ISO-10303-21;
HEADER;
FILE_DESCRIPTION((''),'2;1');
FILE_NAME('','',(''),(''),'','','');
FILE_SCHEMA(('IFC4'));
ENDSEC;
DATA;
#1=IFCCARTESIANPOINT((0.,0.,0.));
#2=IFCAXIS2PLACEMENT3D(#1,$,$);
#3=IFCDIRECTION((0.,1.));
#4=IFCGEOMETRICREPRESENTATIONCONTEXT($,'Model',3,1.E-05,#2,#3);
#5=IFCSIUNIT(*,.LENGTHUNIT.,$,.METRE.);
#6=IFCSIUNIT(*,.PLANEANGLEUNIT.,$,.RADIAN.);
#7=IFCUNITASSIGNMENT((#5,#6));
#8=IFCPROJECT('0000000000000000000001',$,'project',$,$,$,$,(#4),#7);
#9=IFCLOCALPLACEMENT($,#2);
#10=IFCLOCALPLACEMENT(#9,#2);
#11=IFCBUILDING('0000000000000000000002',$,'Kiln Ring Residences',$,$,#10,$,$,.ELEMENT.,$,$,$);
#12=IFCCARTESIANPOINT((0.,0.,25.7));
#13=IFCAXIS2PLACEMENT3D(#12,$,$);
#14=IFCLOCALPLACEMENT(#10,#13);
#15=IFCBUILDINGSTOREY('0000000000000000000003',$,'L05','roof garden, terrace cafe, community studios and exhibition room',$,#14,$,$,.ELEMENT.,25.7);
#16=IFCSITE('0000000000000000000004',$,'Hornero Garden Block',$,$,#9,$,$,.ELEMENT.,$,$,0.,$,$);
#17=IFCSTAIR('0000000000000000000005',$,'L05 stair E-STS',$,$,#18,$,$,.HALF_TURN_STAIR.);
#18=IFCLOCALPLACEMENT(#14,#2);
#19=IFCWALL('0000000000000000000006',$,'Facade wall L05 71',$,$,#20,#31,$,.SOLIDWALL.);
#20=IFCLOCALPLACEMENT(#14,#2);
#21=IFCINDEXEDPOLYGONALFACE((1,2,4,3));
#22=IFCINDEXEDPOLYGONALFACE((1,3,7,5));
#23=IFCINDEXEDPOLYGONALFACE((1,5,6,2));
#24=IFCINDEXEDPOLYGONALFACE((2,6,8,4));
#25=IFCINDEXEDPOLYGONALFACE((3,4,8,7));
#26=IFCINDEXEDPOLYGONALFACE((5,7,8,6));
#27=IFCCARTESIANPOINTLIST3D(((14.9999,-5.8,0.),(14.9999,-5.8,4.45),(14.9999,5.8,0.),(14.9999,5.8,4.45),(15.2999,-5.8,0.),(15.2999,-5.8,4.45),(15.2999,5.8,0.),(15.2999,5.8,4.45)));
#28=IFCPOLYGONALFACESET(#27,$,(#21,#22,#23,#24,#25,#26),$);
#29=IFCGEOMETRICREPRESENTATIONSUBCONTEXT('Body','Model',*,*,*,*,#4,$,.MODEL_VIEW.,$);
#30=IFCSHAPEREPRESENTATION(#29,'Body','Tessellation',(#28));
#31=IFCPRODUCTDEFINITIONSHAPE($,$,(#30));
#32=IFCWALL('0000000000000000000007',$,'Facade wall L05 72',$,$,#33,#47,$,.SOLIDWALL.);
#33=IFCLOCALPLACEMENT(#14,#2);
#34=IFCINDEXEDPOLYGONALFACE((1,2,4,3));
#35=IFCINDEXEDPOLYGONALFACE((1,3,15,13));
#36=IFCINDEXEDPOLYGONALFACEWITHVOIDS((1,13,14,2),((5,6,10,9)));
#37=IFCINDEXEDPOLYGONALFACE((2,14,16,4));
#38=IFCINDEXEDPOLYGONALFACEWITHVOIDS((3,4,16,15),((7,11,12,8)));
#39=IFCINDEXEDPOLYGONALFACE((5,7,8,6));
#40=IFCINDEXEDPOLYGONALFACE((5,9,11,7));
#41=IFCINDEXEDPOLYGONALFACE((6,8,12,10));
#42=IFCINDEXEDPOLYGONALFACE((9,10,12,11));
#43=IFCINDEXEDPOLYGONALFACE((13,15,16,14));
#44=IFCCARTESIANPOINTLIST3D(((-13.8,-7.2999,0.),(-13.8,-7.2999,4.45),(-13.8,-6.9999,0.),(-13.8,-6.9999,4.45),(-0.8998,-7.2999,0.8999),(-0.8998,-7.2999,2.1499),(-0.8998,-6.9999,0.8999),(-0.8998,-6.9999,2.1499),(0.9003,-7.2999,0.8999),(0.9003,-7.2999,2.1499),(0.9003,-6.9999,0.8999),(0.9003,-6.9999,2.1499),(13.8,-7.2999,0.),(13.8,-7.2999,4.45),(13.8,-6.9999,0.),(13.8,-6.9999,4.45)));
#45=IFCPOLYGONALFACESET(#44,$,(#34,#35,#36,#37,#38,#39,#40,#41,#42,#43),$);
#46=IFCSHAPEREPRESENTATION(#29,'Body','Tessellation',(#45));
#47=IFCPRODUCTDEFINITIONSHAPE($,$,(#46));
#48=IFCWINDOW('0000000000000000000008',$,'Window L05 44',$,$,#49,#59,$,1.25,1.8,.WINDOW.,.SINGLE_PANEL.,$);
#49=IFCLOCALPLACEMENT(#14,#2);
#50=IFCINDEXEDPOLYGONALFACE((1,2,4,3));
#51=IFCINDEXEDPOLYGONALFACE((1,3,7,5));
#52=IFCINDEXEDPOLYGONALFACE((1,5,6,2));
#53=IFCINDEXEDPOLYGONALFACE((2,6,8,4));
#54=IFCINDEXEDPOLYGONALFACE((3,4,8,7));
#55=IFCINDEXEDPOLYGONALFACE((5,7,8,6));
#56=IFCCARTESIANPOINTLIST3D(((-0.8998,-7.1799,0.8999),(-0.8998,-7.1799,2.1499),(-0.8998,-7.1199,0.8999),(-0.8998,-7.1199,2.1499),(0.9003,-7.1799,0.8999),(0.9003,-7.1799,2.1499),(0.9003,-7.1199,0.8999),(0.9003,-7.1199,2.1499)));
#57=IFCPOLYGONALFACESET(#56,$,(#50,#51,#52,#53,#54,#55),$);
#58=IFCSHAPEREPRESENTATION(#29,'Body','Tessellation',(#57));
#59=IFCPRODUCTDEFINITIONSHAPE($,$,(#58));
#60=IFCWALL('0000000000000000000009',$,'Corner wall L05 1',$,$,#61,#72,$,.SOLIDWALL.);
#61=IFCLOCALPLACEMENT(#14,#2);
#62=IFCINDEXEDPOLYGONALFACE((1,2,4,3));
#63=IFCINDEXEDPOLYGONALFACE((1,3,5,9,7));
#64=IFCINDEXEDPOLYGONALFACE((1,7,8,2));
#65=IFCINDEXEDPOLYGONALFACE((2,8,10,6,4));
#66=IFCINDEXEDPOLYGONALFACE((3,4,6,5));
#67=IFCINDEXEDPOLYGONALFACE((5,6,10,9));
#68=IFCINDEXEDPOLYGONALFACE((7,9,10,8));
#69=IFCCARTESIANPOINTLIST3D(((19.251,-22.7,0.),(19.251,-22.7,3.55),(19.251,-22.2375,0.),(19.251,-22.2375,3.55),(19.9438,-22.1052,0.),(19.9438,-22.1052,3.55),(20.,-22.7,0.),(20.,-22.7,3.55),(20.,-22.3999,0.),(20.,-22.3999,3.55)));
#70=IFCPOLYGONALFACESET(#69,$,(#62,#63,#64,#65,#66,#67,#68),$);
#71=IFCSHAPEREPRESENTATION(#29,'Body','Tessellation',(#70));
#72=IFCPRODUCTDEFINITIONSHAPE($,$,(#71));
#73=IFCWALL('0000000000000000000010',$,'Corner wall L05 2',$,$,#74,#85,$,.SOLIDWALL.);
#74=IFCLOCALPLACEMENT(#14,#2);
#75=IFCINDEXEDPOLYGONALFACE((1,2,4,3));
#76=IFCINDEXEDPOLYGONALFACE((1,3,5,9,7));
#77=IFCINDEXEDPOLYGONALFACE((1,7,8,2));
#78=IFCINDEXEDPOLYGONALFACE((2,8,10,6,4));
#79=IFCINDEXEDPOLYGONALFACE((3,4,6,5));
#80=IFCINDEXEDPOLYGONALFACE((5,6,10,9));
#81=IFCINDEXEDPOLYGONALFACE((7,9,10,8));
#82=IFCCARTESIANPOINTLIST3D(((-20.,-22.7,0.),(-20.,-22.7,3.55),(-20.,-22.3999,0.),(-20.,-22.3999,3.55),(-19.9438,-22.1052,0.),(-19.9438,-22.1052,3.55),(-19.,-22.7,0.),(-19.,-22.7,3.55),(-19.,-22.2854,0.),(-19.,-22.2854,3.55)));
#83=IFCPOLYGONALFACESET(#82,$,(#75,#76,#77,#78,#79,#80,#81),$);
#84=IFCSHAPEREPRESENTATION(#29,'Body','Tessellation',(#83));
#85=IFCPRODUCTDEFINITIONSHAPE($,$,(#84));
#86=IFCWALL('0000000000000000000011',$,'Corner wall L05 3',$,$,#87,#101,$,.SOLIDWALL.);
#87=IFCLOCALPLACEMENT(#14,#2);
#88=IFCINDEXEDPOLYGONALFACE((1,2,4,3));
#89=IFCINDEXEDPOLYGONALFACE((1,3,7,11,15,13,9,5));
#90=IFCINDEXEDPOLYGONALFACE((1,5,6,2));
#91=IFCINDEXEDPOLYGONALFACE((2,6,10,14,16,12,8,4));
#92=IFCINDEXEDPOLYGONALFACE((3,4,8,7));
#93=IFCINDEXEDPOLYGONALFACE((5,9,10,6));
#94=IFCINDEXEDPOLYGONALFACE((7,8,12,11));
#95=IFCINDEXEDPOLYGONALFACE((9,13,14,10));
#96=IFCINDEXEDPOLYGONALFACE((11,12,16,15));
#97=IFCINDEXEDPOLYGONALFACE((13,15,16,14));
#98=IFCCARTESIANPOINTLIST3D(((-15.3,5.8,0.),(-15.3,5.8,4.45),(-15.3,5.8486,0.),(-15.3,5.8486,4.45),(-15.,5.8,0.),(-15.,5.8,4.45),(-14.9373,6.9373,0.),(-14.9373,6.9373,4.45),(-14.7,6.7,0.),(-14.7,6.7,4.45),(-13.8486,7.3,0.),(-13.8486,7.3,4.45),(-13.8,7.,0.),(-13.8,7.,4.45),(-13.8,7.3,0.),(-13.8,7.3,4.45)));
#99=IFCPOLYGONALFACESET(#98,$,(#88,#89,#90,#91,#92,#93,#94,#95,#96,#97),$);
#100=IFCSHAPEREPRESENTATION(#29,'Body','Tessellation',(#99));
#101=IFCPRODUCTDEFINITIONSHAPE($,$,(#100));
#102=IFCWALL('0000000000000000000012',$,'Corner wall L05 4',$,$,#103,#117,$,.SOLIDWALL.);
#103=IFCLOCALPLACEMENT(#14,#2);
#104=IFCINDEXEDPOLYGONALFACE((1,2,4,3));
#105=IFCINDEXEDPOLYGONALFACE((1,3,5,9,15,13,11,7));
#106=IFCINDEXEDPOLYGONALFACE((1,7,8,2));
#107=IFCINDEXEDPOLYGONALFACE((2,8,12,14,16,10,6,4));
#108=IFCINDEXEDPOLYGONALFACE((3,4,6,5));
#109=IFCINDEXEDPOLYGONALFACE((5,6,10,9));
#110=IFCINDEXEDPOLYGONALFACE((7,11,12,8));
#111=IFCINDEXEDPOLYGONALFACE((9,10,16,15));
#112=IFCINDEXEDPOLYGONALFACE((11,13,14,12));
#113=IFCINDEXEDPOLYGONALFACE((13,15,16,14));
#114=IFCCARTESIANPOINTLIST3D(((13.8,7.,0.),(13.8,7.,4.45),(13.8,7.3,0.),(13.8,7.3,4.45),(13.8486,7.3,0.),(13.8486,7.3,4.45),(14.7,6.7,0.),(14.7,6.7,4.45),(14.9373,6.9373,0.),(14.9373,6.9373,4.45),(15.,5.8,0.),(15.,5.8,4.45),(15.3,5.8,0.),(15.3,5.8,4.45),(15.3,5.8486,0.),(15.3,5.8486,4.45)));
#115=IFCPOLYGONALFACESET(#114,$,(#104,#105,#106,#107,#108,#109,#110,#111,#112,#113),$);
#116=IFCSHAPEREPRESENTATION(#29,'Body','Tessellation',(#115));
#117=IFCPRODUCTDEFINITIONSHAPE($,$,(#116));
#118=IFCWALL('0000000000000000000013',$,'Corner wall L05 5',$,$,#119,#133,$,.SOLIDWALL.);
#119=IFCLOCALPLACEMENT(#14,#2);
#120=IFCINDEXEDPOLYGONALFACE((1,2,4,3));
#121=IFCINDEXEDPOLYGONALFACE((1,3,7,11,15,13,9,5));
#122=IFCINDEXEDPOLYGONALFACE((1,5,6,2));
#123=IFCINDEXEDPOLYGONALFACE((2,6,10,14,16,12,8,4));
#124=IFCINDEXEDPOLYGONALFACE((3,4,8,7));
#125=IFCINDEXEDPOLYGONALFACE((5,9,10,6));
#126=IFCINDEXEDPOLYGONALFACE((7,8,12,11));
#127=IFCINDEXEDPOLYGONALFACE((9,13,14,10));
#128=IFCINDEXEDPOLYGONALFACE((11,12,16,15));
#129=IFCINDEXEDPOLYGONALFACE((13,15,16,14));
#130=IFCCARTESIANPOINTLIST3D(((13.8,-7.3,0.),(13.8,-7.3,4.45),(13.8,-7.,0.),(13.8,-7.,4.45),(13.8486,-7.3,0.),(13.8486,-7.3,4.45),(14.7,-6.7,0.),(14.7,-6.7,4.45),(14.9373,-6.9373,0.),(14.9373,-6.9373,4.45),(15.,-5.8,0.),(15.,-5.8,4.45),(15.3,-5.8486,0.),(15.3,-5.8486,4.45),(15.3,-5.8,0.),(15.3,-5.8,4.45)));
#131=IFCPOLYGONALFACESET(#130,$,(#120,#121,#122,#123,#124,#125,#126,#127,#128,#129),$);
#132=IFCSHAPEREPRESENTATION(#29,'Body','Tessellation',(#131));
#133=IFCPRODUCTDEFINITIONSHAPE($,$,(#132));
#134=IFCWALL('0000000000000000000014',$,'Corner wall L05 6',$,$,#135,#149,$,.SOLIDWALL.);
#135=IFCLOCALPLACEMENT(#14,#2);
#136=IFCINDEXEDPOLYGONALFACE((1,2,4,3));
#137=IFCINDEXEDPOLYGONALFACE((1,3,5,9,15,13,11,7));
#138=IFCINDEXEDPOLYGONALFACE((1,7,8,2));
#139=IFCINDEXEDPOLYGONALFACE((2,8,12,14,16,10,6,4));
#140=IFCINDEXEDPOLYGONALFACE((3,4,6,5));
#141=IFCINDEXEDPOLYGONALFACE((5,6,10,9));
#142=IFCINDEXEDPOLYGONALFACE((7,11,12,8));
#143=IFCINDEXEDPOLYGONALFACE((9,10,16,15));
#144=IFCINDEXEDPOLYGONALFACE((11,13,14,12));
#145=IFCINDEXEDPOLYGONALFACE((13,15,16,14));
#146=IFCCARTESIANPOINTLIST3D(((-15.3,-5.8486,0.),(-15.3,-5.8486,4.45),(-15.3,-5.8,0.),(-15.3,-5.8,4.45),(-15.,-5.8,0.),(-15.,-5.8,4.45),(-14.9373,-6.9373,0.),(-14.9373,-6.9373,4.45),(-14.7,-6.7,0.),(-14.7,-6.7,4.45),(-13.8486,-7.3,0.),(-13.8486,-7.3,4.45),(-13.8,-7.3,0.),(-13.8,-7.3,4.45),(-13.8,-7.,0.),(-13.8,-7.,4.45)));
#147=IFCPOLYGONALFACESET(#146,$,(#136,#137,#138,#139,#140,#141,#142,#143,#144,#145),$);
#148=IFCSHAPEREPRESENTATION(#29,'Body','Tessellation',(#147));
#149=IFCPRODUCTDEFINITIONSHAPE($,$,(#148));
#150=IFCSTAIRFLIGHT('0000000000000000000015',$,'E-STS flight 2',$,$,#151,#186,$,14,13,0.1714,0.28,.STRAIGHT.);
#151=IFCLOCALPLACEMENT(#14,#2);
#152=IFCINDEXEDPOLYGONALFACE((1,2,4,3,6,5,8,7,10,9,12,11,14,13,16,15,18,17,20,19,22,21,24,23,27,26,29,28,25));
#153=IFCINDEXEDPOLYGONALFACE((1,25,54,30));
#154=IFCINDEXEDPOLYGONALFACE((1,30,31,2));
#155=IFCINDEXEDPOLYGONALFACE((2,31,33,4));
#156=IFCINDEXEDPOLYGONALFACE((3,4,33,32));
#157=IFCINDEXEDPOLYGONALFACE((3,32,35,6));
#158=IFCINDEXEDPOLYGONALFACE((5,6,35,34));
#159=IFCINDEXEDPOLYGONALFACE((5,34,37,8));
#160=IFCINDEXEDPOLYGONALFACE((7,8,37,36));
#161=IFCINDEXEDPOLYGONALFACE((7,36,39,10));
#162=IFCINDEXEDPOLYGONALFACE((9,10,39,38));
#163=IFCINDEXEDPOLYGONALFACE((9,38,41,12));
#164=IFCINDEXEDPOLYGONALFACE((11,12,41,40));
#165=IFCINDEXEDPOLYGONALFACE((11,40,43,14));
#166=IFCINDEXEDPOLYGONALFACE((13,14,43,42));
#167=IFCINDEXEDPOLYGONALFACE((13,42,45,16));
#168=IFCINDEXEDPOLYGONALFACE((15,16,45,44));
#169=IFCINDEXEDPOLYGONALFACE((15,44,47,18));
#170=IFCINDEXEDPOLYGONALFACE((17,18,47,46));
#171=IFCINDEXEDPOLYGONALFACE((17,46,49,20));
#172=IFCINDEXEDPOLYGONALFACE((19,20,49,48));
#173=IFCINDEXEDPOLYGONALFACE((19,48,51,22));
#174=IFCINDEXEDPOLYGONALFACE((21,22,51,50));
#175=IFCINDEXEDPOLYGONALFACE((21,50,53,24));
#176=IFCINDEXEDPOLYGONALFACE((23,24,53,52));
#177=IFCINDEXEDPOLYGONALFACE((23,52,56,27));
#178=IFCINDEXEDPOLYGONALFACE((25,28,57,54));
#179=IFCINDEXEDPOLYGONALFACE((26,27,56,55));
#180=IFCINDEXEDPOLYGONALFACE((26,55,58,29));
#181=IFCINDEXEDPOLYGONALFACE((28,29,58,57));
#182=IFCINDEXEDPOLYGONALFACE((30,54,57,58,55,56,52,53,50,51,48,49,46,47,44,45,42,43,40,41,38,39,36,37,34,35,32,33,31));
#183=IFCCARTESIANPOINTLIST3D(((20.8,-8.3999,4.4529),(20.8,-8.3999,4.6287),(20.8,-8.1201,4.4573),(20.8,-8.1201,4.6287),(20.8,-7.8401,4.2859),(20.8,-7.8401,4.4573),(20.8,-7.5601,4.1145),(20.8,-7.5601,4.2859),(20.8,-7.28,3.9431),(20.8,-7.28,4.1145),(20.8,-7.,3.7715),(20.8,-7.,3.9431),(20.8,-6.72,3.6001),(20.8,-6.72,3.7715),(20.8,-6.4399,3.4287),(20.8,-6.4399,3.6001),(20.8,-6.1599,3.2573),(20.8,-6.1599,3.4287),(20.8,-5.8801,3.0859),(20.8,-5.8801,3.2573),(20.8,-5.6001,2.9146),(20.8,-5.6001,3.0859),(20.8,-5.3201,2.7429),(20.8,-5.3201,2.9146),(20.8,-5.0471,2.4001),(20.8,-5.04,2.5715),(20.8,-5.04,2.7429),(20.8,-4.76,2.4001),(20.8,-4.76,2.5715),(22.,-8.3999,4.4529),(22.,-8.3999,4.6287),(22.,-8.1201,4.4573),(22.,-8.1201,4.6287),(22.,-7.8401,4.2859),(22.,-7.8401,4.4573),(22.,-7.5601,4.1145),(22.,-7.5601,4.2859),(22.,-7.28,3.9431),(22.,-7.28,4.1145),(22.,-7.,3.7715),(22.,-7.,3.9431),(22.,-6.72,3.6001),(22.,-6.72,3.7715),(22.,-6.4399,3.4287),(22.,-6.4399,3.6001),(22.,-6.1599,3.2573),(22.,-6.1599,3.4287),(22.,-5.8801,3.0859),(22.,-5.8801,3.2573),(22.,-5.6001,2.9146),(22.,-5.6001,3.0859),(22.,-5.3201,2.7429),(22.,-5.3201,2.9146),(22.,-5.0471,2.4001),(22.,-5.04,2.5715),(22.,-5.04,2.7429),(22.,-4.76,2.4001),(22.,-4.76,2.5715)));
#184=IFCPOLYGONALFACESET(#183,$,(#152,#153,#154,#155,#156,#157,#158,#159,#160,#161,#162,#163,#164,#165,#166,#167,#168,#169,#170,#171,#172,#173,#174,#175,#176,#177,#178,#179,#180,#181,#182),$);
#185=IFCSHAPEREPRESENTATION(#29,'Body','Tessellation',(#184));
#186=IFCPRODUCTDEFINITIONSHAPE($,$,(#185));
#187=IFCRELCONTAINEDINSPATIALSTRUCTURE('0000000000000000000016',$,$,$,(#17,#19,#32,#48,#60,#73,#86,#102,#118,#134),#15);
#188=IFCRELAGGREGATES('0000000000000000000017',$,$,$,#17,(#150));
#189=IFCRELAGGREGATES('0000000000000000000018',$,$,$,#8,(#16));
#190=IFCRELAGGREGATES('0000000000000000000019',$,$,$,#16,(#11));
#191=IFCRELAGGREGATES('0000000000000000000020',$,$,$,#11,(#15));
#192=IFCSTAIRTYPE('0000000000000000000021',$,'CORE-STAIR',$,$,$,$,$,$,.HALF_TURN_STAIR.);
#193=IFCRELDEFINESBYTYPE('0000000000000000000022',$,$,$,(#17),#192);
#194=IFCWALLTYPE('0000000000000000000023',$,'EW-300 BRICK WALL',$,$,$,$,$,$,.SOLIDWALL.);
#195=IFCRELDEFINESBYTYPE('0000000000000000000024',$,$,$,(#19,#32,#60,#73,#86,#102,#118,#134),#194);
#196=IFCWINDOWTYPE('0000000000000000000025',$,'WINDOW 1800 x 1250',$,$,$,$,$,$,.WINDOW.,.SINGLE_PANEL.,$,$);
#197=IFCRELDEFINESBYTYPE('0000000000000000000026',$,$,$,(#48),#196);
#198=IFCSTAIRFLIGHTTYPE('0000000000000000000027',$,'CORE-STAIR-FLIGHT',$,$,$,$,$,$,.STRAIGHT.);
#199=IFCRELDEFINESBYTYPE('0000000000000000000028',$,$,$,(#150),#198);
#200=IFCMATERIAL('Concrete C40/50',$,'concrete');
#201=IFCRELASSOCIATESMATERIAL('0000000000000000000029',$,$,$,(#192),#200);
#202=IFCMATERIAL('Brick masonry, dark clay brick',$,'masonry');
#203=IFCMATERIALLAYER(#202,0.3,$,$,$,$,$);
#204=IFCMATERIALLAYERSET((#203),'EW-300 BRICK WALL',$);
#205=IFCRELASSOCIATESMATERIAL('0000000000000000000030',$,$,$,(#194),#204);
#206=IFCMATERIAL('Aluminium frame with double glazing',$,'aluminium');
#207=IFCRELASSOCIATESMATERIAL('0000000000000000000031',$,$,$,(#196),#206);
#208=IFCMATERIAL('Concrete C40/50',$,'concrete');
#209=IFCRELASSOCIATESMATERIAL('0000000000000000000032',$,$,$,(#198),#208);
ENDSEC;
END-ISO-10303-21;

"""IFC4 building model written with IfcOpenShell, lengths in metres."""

from ifc_helpers import new_model, si_unit, direction, frame, frame_2d, origin, place, context, subcontext, project, spatial, polyline, rectangle, outline, extrude, material, layer, layer_set, type_object, element, fill, aggregate, save


model = new_model("IFC4")

# Units and contexts
model_context = context("Model", 3, precision=1e-05, world=origin(), true_north=direction((0.0, 1.0)))
body_context = subcontext(model_context, "Body", "Model", "MODEL_VIEW")
ifc_project = project(units=[si_unit("LENGTHUNIT", "METRE"), si_unit("PLANEANGLEUNIT", "RADIAN")], contexts=[model_context])

# Site, building, storey
site_placement = place(None, origin())
site = spatial("IfcSite", under=ifc_project, at=site_placement, Name="Hornero Garden Block", CompositionType="ELEMENT", RefElevation=0.0)
building_placement = place(site_placement, origin())
building = spatial("IfcBuilding", under=site, at=building_placement, Name="Kiln Ring Residences", CompositionType="ELEMENT")
storey_placement = place(building_placement, frame((0.0, 0.0, 25.7)))
storey = spatial("IfcBuildingStorey", under=building, at=storey_placement, Name="L05", Description="roof garden, terrace cafe, community studios and exhibition room", CompositionType="ELEMENT", Elevation=25.7)

# Stair
ifc_material_1 = material(Name="Concrete C40/50", Category="concrete")
stair_type = type_object("IfcStairType", Name="CORE-STAIR", PredefinedType="HALF_TURN_STAIR", material=ifc_material_1)
placement = place(storey_placement, origin())
stair = element("IfcStair", 1, at=placement, inside=storey, type_object=stair_type, Name="L05 stair E-STS", PredefinedType="HALF_TURN_STAIR")

# Wall
ifc_material_2 = material(Name="Brick masonry, dark clay brick", Category="masonry")
ifc_layer_1 = layer(ifc_material_2, 0.3)
ifc_layer_set_1 = layer_set([ifc_layer_1], Name="EW-300 BRICK WALL")
wall_type_1 = type_object("IfcWallType", Name="EW-300 BRICK WALL", PredefinedType="SOLIDWALL", material=ifc_layer_set_1)
wall_1_placement = place(storey_placement, frame((15.1499, 5.8, 0.0), z_axis=(0.0, 0.0, 1.0), x_axis=(0.0, -1.0, 0.0)))
element("IfcWall", 2, at=wall_1_placement, inside=storey, type_object=wall_type_1, Name="Facade wall L05 71", PredefinedType="SOLIDWALL", context=body_context, shape_type="SweptSolid", body=[
    extrude(rectangle(XDim=11.6001, YDim=0.3, at=frame_2d((5.8, 0.0))), origin(), (0.0, 0.0, 1.0), 4.45),
])

# Wall, opening, window
wall_2_placement = place(storey_placement, frame((13.8, -7.1499, 0.0), z_axis=(0.0, 0.0, 1.0), x_axis=(-1.0, 0.0, 0.0)))
wall_2 = element("IfcWall", 3, at=wall_2_placement, inside=storey, type_object=wall_type_1, Name="Facade wall L05 72", PredefinedType="SOLIDWALL", context=body_context, shape_type="SweptSolid", body=[
    extrude(rectangle(XDim=27.6001, YDim=0.3, at=frame_2d((13.8, 0.0))), origin(), (0.0, 0.0, 1.0), 4.45),
])
opening_1_placement = place(wall_2_placement, frame((12.8999, 0.0, 0.8999)))
opening_1 = element("IfcOpeningElement", 4, at=opening_1_placement, cuts=wall_2, PredefinedType="OPENING", context=body_context, shape_type="SweptSolid", body=[
    extrude(rectangle(XDim=1.8, YDim=1.25, at=frame_2d((0.8999, 0.625))), frame((0.0, 0.1599, 0.0), z_axis=(0.0, -1.0, 0.0), x_axis=(1.0, 0.0, 0.0)), (0.0, 0.0, 1.0), 0.3201),
])
ifc_material_3 = material(Name="Aluminium frame with double glazing", Category="aluminium")
window_type = type_object("IfcWindowType", Name="WINDOW 1800 x 1250", PartitioningType="SINGLE_PANEL", PredefinedType="WINDOW", material=ifc_material_3)
window_placement = place(opening_1_placement, origin())
window = element("IfcWindow", 5, at=window_placement, inside=storey, type_object=window_type, Name="Window L05 44", OverallHeight=1.25, OverallWidth=1.8, PartitioningType="SINGLE_PANEL", PredefinedType="WINDOW", context=body_context, shape_type="SweptSolid", body=[
    extrude(rectangle(XDim=1.8, YDim=1.25, at=frame_2d((0.8999, 0.625))), frame((0.0, 0.03, 0.0), z_axis=(0.0, -1.0, 0.0), x_axis=(1.0, 0.0, 0.0)), (0.0, 0.0, 1.0), 0.0601),
])
fill(opening_1, window)

# Walls
element("IfcWall", 6, at=placement, inside=storey, type_object=wall_type_1, Name="Corner wall L05 1", PredefinedType="SOLIDWALL", context=body_context, shape_type="SweptSolid", body=[
    extrude(outline(polyline([(19.9438, -22.1052), (19.251, -22.2375), (19.251, -22.7), (20.0, -22.7), (20.0, -22.3999), (19.9438, -22.1052)])), origin(), (0.0, 0.0, 1.0), 3.55),
])
element("IfcWall", 7, at=placement, inside=storey, type_object=wall_type_1, Name="Corner wall L05 2", PredefinedType="SOLIDWALL", context=body_context, shape_type="SweptSolid", body=[
    extrude(outline(polyline([(-20.0, -22.7), (-19.0, -22.7), (-19.0, -22.2854), (-19.9438, -22.1052), (-20.0, -22.3999), (-20.0, -22.7)])), origin(), (0.0, 0.0, 1.0), 3.55),
])
element("IfcWall", 8, at=placement, inside=storey, type_object=wall_type_1, Name="Corner wall L05 3", PredefinedType="SOLIDWALL", context=body_context, shape_type="SweptSolid", body=[
    extrude(outline(polyline([(-13.8486, 7.3), (-14.9373, 6.9373), (-15.3, 5.8486), (-15.3, 5.8), (-15.0, 5.8), (-14.7, 6.7), (-13.8, 7.0), (-13.8, 7.3), (-13.8486, 7.3)])), origin(), (0.0, 0.0, 1.0), 4.45),
])
element("IfcWall", 9, at=placement, inside=storey, type_object=wall_type_1, Name="Corner wall L05 4", PredefinedType="SOLIDWALL", context=body_context, shape_type="SweptSolid", body=[
    extrude(outline(polyline([(14.9373, 6.9373), (13.8486, 7.3), (13.8, 7.3), (13.8, 7.0), (14.7, 6.7), (15.0, 5.8), (15.3, 5.8), (15.3, 5.8486), (14.9373, 6.9373)])), origin(), (0.0, 0.0, 1.0), 4.45),
])
element("IfcWall", 10, at=placement, inside=storey, type_object=wall_type_1, Name="Corner wall L05 5", PredefinedType="SOLIDWALL", context=body_context, shape_type="SweptSolid", body=[
    extrude(outline(polyline([(14.9373, -6.9373), (15.3, -5.8486), (15.3, -5.8), (15.0, -5.8), (14.7, -6.7), (13.8, -7.0), (13.8, -7.3), (13.8486, -7.3), (14.9373, -6.9373)])), origin(), (0.0, 0.0, 1.0), 4.45),
])
element("IfcWall", 11, at=placement, inside=storey, type_object=wall_type_1, Name="Corner wall L05 6", PredefinedType="SOLIDWALL", context=body_context, shape_type="SweptSolid", body=[
    extrude(outline(polyline([(-14.9373, -6.9373), (-13.8486, -7.3), (-13.8, -7.3), (-13.8, -7.0), (-14.7, -6.7), (-15.0, -5.8), (-15.3, -5.8), (-15.3, -5.8486), (-14.9373, -6.9373)])), origin(), (0.0, 0.0, 1.0), 4.45),
])

# Stair flight
ifc_material_4 = material(Name="Concrete C40/50", Category="concrete")
stair_flight_type = type_object("IfcStairFlightType", Name="CORE-STAIR-FLIGHT", PredefinedType="STRAIGHT", material=ifc_material_4)
stair_flight_placement = place(storey_placement, frame((21.3999, -4.76, 2.4001), z_axis=(0.0, 0.0, 1.0), x_axis=(0.0, -1.0, 0.0)))
stair_flight = element("IfcStairFlight", 12, at=stair_flight_placement, type_object=stair_flight_type, Name="E-STS flight 2", NumberOfRisers=14, NumberOfTreads=13, PredefinedType="STRAIGHT", RiserHeight=0.1714, TreadLength=0.28, context=body_context, shape_type="SweptSolid", body=[
    extrude(outline(polyline([(0.0, 0.0), (0.0, 0.1714), (0.28, 0.1714), (0.28, 0.3428), (0.5601, 0.3428), (0.5601, 0.5144), (0.8401, 0.5144), (0.8401, 0.6858), (1.1201, 0.6858), (1.1201, 0.8572), (1.3999, 0.8572), (1.3999, 1.0286), (1.6799, 1.0286), (1.6799, 1.2), (1.96, 1.2), (1.96, 1.3713), (2.24, 1.3713), (2.24, 1.543), (2.52, 1.543), (2.52, 1.7144), (2.8, 1.7144), (2.8, 1.8857), (3.0801, 1.8857), (3.0801, 2.0571), (3.3601, 2.0571), (3.3601, 2.2285), (3.6399, 2.2285), (3.6399, 2.3999), (3.6399, 2.0527), (0.2871, 0.0), (0.0, 0.0)])), frame((0.0, 0.6001, 0.0), z_axis=(0.0, -1.0, 0.0), x_axis=(1.0, 0.0, 0.0)), (0.0, 0.0, 1.0), 1.2),
])
aggregate(stair, [stair_flight])

save(model, "model.ifc")
